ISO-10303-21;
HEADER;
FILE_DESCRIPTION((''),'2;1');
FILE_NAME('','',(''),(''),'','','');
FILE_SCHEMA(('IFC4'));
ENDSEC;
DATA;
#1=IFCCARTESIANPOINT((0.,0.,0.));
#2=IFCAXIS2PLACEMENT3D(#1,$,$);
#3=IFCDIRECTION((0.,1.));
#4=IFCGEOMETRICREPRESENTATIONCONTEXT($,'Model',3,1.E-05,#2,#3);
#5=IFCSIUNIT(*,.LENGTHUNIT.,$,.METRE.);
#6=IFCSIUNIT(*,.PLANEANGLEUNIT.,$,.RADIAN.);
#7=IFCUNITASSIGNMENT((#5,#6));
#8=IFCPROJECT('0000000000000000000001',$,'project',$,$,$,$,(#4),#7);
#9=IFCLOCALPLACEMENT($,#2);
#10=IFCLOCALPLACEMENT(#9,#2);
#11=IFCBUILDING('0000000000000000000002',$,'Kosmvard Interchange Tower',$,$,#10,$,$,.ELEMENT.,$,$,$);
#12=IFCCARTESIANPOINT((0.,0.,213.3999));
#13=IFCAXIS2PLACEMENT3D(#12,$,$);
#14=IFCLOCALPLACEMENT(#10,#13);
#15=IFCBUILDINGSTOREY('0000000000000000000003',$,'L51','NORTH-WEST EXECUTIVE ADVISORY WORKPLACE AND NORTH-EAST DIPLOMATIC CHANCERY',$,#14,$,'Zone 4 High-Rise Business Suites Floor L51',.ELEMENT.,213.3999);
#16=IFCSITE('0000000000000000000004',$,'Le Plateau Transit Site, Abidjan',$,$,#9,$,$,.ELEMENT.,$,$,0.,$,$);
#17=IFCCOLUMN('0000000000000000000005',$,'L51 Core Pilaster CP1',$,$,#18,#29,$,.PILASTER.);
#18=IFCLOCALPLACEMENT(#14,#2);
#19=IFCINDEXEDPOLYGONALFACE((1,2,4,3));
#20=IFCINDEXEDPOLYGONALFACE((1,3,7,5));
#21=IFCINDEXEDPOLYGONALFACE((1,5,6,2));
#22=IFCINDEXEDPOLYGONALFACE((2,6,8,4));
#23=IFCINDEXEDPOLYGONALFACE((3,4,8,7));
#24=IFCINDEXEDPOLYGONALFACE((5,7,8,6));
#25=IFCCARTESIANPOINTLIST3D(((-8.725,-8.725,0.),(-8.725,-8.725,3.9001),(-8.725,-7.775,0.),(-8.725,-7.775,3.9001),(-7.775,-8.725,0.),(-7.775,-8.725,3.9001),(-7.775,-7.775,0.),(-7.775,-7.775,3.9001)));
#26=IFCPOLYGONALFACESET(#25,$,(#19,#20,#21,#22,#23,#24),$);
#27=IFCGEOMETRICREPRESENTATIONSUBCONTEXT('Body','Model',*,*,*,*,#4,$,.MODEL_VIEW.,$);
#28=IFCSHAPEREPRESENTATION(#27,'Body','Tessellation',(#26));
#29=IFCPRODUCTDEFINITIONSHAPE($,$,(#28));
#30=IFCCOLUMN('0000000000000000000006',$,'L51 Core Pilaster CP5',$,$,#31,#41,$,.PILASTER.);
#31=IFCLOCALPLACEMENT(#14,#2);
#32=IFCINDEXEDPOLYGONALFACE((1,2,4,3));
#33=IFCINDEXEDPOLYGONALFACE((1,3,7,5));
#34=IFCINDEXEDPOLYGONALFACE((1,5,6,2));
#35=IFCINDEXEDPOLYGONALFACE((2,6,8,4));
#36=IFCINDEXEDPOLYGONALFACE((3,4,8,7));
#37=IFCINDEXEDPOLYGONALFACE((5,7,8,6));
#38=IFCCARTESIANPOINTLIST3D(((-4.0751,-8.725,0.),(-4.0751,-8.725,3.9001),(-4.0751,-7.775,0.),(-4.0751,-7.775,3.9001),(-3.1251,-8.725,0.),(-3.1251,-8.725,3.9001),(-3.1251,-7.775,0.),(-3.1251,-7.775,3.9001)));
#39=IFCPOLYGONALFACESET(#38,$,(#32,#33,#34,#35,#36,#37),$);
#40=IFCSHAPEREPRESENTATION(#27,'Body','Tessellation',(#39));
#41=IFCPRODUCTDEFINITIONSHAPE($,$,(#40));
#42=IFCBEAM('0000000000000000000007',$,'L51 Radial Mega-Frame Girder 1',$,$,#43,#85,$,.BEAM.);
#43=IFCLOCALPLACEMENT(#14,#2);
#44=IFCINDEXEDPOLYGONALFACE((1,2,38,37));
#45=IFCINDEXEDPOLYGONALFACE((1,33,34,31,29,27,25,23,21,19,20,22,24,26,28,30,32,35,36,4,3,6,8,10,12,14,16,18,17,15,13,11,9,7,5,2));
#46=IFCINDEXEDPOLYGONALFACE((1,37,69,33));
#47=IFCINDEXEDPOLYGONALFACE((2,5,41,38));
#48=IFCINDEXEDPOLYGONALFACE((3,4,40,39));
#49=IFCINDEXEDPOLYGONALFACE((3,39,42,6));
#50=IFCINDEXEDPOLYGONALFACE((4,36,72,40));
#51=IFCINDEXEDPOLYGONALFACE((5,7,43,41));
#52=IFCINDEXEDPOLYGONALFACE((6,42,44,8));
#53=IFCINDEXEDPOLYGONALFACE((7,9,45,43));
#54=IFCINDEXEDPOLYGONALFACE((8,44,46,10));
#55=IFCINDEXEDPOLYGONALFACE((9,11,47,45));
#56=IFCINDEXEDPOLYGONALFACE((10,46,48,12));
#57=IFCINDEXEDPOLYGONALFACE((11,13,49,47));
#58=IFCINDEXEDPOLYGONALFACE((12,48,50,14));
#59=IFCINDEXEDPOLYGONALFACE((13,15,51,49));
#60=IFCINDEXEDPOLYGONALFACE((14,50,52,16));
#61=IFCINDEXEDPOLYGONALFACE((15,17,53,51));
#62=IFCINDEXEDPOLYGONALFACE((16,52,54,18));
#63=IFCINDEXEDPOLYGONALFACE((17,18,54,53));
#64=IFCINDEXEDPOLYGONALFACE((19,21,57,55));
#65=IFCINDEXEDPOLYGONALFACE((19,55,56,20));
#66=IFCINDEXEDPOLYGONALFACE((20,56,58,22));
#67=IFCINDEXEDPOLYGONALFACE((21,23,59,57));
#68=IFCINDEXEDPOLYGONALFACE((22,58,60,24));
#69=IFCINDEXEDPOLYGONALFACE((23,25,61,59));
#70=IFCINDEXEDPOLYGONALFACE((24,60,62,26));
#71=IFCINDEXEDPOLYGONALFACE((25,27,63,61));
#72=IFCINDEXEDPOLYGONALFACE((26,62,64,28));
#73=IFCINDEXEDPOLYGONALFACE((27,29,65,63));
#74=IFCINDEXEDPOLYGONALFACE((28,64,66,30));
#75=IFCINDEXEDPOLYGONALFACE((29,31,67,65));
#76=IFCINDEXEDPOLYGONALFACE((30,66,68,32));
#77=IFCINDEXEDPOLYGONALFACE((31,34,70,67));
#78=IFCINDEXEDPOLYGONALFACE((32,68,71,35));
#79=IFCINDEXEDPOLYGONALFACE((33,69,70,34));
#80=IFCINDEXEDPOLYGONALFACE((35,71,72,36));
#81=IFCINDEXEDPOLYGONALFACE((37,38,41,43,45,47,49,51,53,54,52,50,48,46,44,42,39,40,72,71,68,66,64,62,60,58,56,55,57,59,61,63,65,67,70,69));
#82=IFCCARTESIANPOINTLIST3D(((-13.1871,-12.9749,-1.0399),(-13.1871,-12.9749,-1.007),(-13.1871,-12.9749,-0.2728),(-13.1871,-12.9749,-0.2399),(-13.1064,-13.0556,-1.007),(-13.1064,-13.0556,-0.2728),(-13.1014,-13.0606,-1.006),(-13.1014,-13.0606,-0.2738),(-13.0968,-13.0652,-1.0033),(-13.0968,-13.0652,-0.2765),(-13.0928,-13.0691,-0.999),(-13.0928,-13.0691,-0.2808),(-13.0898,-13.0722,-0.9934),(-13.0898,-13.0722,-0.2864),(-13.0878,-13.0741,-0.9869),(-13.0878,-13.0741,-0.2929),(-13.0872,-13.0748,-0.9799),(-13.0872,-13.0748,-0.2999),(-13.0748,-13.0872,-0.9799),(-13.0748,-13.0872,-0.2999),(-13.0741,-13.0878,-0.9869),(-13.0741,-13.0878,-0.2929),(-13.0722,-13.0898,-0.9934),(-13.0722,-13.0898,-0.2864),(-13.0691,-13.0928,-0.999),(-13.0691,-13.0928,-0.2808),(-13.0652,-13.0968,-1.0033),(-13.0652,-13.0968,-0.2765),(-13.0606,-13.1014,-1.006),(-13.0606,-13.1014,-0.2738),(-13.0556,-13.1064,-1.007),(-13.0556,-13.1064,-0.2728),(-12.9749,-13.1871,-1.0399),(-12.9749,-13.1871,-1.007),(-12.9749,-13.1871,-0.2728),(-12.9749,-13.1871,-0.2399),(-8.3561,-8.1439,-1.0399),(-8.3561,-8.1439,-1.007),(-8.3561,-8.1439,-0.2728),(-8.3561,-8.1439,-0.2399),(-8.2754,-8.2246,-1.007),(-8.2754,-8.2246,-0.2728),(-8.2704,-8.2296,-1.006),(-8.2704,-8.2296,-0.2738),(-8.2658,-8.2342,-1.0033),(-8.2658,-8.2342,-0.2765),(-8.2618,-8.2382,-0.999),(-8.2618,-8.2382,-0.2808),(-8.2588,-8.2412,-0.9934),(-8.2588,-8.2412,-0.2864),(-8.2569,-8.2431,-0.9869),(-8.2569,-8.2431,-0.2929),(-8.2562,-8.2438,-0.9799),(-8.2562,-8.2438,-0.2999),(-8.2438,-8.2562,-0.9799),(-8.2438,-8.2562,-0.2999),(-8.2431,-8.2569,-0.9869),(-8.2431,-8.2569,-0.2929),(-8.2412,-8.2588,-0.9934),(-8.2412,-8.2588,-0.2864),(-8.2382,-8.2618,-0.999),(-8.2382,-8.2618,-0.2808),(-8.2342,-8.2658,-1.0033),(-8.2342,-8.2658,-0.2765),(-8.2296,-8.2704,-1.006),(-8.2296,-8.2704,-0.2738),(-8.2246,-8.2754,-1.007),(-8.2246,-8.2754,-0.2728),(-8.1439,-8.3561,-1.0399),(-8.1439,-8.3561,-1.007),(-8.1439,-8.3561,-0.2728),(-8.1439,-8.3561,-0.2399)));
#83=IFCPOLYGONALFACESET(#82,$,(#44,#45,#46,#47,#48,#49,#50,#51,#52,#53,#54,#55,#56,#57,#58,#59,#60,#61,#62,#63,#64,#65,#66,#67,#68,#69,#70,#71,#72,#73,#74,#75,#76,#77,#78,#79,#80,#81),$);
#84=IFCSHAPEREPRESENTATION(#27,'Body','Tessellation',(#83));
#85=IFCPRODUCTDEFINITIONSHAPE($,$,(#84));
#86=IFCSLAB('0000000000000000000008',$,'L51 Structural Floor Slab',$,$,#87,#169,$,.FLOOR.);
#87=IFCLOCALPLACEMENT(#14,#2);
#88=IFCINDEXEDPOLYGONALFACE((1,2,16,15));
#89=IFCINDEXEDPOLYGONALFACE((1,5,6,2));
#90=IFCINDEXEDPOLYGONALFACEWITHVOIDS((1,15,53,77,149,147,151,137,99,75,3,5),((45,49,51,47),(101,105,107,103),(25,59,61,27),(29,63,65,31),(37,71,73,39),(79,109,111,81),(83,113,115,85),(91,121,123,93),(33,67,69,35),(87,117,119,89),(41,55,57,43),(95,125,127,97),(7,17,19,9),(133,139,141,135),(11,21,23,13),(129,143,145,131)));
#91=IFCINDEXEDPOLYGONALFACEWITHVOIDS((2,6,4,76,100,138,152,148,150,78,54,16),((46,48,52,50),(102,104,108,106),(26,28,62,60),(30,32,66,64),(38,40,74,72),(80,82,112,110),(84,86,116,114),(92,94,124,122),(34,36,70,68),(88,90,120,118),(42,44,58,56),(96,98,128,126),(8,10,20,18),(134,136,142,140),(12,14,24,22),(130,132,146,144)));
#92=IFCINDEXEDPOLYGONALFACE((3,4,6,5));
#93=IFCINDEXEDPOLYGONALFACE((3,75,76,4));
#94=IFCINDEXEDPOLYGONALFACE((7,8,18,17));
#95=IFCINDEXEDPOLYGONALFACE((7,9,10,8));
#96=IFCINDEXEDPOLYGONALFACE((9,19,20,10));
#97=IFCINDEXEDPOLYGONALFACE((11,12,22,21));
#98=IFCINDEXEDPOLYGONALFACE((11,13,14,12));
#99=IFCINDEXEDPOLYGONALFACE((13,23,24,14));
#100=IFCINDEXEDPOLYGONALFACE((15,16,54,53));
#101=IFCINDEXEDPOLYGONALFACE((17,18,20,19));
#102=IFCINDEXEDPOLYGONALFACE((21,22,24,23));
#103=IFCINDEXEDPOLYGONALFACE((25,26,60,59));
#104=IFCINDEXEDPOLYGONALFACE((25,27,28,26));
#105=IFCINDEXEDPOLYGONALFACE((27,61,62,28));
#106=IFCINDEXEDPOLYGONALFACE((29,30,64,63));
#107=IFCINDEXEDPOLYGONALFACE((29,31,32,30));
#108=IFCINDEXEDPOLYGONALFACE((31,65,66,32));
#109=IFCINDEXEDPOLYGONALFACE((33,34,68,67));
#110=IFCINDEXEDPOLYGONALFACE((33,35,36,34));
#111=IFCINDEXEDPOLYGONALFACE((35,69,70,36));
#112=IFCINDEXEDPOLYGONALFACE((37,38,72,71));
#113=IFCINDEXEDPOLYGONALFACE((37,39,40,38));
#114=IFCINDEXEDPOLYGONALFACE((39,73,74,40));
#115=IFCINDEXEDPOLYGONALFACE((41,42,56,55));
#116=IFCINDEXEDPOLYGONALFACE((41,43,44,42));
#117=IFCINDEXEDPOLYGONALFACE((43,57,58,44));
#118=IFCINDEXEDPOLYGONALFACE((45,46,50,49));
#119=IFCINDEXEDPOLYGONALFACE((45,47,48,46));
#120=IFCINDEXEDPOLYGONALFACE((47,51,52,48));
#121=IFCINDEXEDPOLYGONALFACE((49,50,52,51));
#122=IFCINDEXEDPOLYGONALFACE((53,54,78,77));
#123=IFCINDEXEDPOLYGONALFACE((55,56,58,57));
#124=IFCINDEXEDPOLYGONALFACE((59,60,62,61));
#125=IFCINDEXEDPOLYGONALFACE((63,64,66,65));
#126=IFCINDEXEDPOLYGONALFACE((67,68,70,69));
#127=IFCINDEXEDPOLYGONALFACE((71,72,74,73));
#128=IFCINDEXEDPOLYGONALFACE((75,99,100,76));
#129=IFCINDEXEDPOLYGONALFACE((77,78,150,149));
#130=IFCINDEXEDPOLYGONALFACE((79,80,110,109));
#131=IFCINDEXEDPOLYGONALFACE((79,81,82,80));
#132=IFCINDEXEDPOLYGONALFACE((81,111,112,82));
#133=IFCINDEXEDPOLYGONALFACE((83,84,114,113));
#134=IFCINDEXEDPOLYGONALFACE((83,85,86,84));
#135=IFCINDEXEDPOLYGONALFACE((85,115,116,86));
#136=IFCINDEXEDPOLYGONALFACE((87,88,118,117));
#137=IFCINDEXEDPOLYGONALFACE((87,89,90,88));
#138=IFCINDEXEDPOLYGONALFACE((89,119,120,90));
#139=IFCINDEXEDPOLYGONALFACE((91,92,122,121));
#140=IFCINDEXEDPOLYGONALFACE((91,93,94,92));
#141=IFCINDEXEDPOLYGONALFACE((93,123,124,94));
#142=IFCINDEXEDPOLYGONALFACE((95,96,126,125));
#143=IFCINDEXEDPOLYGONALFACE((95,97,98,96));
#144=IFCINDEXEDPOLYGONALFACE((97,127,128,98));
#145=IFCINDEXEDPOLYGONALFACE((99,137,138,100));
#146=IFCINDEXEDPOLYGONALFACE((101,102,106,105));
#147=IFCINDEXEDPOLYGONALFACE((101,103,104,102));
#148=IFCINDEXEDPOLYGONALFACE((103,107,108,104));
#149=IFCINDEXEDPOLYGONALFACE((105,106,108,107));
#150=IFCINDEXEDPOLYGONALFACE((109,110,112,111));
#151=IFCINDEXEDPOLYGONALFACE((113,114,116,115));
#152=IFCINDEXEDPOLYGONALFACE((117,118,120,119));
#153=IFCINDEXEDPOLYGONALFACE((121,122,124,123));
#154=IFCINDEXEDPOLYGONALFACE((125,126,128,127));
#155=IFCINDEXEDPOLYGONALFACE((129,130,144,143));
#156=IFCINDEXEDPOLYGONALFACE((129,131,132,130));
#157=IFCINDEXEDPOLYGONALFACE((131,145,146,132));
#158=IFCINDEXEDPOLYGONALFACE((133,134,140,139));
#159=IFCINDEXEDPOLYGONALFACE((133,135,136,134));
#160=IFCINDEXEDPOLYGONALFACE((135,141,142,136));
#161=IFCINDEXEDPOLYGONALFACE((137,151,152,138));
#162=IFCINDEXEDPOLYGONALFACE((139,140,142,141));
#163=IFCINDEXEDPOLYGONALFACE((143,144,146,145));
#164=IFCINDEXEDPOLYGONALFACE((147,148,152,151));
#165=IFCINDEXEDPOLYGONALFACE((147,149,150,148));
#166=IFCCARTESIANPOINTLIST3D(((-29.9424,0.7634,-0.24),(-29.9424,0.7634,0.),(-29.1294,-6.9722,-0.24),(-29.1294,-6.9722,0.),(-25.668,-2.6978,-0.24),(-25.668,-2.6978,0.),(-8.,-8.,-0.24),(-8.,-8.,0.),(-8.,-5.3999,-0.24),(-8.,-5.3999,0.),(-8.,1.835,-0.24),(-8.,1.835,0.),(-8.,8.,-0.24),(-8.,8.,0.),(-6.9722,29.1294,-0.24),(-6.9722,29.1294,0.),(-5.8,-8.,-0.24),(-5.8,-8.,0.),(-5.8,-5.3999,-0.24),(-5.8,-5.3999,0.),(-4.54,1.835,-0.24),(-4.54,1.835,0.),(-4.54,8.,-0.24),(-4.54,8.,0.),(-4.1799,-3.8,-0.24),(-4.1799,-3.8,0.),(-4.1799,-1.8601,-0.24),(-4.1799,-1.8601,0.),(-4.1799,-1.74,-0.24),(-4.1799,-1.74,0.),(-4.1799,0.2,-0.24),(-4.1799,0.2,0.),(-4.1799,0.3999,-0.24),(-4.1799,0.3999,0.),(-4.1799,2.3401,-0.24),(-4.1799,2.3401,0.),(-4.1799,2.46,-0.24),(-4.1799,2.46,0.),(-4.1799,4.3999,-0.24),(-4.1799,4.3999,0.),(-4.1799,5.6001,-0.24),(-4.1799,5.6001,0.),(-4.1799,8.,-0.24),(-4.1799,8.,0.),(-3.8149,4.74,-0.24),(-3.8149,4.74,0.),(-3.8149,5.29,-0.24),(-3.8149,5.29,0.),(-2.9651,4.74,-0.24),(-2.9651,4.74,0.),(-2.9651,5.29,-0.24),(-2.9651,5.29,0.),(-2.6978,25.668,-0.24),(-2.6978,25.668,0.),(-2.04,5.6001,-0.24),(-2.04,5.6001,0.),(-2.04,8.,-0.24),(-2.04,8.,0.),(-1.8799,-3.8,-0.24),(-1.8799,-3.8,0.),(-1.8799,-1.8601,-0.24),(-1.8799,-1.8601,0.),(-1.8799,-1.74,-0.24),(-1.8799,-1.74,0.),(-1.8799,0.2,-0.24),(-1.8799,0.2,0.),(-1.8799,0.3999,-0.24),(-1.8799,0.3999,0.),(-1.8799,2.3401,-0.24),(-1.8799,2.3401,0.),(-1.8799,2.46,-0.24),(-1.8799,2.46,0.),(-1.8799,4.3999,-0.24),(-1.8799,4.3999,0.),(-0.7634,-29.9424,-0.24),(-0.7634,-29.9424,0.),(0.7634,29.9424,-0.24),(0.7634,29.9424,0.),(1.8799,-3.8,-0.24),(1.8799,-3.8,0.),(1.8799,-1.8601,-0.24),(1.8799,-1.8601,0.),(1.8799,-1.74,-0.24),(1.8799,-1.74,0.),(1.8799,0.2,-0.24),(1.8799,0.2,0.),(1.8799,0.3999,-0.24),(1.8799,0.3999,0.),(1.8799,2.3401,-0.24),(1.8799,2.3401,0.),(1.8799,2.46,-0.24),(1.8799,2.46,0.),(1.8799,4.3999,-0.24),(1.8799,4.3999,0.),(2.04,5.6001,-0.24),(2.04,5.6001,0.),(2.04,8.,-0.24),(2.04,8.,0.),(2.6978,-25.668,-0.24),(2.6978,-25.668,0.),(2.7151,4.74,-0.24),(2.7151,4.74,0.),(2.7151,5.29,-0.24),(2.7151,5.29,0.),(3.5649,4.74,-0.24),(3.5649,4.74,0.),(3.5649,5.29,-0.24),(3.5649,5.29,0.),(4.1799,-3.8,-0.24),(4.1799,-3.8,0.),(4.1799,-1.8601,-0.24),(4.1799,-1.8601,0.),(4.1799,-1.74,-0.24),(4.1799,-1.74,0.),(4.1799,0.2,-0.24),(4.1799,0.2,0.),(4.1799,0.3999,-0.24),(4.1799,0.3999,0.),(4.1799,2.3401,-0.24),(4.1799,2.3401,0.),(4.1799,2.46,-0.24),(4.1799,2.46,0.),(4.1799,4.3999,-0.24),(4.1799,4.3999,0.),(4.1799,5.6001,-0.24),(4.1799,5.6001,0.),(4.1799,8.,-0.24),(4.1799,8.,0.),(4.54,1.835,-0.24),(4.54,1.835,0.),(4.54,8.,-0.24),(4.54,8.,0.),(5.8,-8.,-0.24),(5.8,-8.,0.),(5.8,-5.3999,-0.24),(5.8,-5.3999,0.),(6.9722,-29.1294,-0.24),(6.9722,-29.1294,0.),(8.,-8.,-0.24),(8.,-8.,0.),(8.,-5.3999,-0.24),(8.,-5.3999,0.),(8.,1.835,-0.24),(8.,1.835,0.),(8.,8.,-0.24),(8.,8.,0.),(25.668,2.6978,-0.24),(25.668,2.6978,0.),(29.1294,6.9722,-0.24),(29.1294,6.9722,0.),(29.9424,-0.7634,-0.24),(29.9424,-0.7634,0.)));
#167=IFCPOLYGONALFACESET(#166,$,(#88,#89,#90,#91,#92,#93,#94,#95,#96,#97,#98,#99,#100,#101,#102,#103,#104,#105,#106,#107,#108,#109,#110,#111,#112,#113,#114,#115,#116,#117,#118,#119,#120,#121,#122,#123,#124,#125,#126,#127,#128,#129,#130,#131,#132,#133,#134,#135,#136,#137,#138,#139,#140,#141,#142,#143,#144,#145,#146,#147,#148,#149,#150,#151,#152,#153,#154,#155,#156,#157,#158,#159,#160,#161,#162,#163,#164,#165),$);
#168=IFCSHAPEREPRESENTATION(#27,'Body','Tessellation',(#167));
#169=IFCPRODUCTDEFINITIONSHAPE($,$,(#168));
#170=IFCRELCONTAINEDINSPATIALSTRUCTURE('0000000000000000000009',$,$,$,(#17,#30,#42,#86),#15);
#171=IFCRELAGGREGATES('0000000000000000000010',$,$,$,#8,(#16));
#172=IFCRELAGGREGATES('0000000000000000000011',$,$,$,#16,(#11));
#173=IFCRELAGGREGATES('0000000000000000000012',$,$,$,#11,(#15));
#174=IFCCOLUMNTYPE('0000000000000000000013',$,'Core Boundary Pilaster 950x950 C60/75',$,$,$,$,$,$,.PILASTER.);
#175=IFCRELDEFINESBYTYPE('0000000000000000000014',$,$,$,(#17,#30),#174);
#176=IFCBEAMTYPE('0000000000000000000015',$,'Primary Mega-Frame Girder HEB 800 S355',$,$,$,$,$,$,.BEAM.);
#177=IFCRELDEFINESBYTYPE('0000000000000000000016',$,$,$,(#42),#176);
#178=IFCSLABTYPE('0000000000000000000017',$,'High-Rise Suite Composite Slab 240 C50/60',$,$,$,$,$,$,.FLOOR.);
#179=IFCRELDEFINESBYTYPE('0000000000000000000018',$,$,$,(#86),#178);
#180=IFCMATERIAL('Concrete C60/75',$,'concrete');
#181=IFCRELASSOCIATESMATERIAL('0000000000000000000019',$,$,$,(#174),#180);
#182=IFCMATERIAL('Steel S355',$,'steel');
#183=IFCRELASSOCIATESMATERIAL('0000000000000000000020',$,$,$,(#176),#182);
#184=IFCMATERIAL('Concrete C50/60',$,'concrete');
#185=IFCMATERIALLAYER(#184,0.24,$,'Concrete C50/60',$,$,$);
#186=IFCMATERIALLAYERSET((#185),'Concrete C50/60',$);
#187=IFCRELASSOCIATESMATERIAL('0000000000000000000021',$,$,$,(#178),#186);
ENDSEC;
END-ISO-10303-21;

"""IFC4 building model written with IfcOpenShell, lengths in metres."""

from ifc_helpers import new_model, si_unit, direction, frame, origin, origin_2d, place, context, subcontext, project, spatial, polyline, rectangle, i_section, outline, extrude, source, transform, mapped, material, layer, layer_set, material_profile, profile_set, type_object, element, save


model = new_model("IFC4")

# Units and contexts
model_context = context("Model", 3, precision=1e-05, world=origin(), true_north=direction((0.0, 1.0)))
body_context = subcontext(model_context, "Body", "Model", "MODEL_VIEW")
ifc_project = project(units=[si_unit("LENGTHUNIT", "METRE"), si_unit("PLANEANGLEUNIT", "RADIAN")], contexts=[model_context])

# Site, building, storey
site_placement = place(None, origin())
site = spatial("IfcSite", under=ifc_project, at=site_placement, Name="Le Plateau Transit Site, Abidjan", CompositionType="ELEMENT", RefElevation=0.0)
building_placement = place(site_placement, origin())
building = spatial("IfcBuilding", under=site, at=building_placement, Name="Kosmvard Interchange Tower", CompositionType="ELEMENT")
storey_placement = place(building_placement, frame((0.0, 0.0, 213.3999)))
storey = spatial("IfcBuildingStorey", under=building, at=storey_placement, Name="L51", Description="NORTH-WEST EXECUTIVE ADVISORY WORKPLACE AND NORTH-EAST DIPLOMATIC CHANCERY", LongName="Zone 4 High-Rise Business Suites Floor L51", CompositionType="ELEMENT", Elevation=213.3999)

# Columns
ifc_material_1 = material(Name="Concrete C60/75", Category="concrete")
ifc_material_profile_1 = material_profile(ifc_material_1, rectangle(XDim=0.95, YDim=0.95, at=origin_2d()), Name="CP 950x950")
ifc_profile_set_1 = profile_set([ifc_material_profile_1], Name="Concrete C60/75")
column_type = type_object("IfcColumnType", Name="Core Boundary Pilaster 950x950 C60/75", PredefinedType="PILASTER", material=ifc_profile_set_1)
shared_shape_1 = source(origin(), body_context, "Body", "SweptSolid", [
    extrude(rectangle(XDim=0.95, YDim=0.95, at=origin_2d()), origin(), (0.0, 0.0, 1.0), 3.9001),
])
for number, where, z_axis, x_axis, name in (
    (1, (-8.25, -8.25, 0.0), (0.0, 0.0, 1.0), (1.0, 0.0, 0.0), "L51 Core Pilaster CP1"),
    (2, (-3.6001, -8.25, 0.0), (0.0, 0.0, 1.0), (1.0, 0.0, 0.0), "L51 Core Pilaster CP5"),
):
    element("IfcColumn", number, at=place(storey_placement, frame(where, z_axis=z_axis, x_axis=x_axis)), inside=storey, type_object=column_type, Name=name, PredefinedType="PILASTER", context=body_context, shape_type="MappedRepresentation", body=[
        mapped(shared_shape_1, transform((0.0, 0.0, 0.0), scale=1.0)),
    ])

# Beam
ifc_material_2 = material(Name="Steel S355", Category="steel")
ifc_material_profile_2 = material_profile(ifc_material_2, i_section(OverallWidth=0.3, OverallDepth=0.8, WebThickness=0.0176, FlangeThickness=0.033, FilletRadius=0.0271, at=origin_2d()), Name="HEB 800")
ifc_profile_set_2 = profile_set([ifc_material_profile_2], Name="Steel S355")
beam_type = type_object("IfcBeamType", Name="Primary Mega-Frame Girder HEB 800 S355", PredefinedType="BEAM", material=ifc_profile_set_2)
shared_shape_2 = source(origin(), body_context, "Body", "SweptSolid", [
    extrude(i_section(OverallWidth=0.3, OverallDepth=0.8, WebThickness=0.0176, FlangeThickness=0.033, FilletRadius=0.0271, at=origin_2d()), origin(), (0.0, 0.0, 1.0), 6.832),
])
beam_placement = place(storey_placement, frame((-8.25, -8.25, -0.6399), z_axis=(-0.707107, -0.707107, 0.0), x_axis=(0.707107, -0.707107, 0.0)))
element("IfcBeam", 3, at=beam_placement, inside=storey, type_object=beam_type, Name="L51 Radial Mega-Frame Girder 1", PredefinedType="BEAM", context=body_context, shape_type="MappedRepresentation", body=[
    mapped(shared_shape_2, transform((0.0, 0.0, 0.0), scale=1.0)),
])

# Slab
ifc_material_3 = material(Name="Concrete C50/60", Category="concrete")
ifc_layer_1 = layer(ifc_material_3, 0.24, Name="Concrete C50/60")
ifc_layer_set_1 = layer_set([ifc_layer_1], Name="Concrete C50/60")
slab_type_1 = type_object("IfcSlabType", Name="High-Rise Suite Composite Slab 240 C50/60", PredefinedType="FLOOR", material=ifc_layer_set_1)
slab_1_placement = place(storey_placement, frame((0.0, 0.0, -0.24)))
element("IfcSlab", 4, at=slab_1_placement, inside=storey, type_object=slab_type_1, Name="L51 Structural Floor Slab", PredefinedType="FLOOR", context=body_context, shape_type="SweptSolid", body=[
    extrude(outline(polyline([(6.9722, -29.1294), (29.9424, -0.7634), (25.668, 2.6978), (29.1294, 6.9722), (0.7634, 29.9424), (-2.6978, 25.668), (-6.9722, 29.1294), (-29.9424, 0.7634), (-25.668, -2.6978), (-29.1294, -6.9722), (-0.7634, -29.9424), (2.6978, -25.668), (6.9722, -29.1294)]), holes=[polyline([(-8.0, 1.835), (-4.54, 1.835), (-4.54, 8.0), (-8.0, 8.0), (-8.0, 1.835)]), polyline([(4.54, 1.835), (8.0, 1.835), (8.0, 8.0), (4.54, 8.0), (4.54, 1.835)]), polyline([(-8.0, -8.0), (-5.8, -8.0), (-5.8, -5.3999), (-8.0, -5.3999), (-8.0, -8.0)]), polyline([(5.8, -8.0), (8.0, -8.0), (8.0, -5.3999), (5.8, -5.3999), (5.8, -8.0)]), polyline([(-4.1799, -3.8), (-1.8799, -3.8), (-1.8799, -1.8601), (-4.1799, -1.8601), (-4.1799, -3.8)]), polyline([(-4.1799, -1.74), (-1.8799, -1.74), (-1.8799, 0.2), (-4.1799, 0.2), (-4.1799, -1.74)]), polyline([(1.8799, -3.8), (4.1799, -3.8), (4.1799, -1.8601), (1.8799, -1.8601), (1.8799, -3.8)]), polyline([(1.8799, -1.74), (4.1799, -1.74), (4.1799, 0.2), (1.8799, 0.2), (1.8799, -1.74)]), polyline([(-4.1799, 0.3999), (-1.8799, 0.3999), (-1.8799, 2.3401), (-4.1799, 2.3401), (-4.1799, 0.3999)]), polyline([(-4.1799, 2.46), (-1.8799, 2.46), (-1.8799, 4.3999), (-4.1799, 4.3999), (-4.1799, 2.46)]), polyline([(1.8799, 0.3999), (4.1799, 0.3999), (4.1799, 2.3401), (1.8799, 2.3401), (1.8799, 0.3999)]), polyline([(1.8799, 2.46), (4.1799, 2.46), (4.1799, 4.3999), (1.8799, 4.3999), (1.8799, 2.46)]), polyline([(-4.1799, 5.6001), (-2.04, 5.6001), (-2.04, 8.0), (-4.1799, 8.0), (-4.1799, 5.6001)]), polyline([(2.04, 5.6001), (4.1799, 5.6001), (4.1799, 8.0), (2.04, 8.0), (2.04, 5.6001)]), polyline([(-3.8149, 4.74), (-2.9651, 4.74), (-2.9651, 5.29), (-3.8149, 5.29), (-3.8149, 4.74)]), polyline([(2.7151, 4.74), (3.5649, 4.74), (3.5649, 5.29), (2.7151, 5.29), (2.7151, 4.74)])]), origin(), (0.0, 0.0, 1.0), 0.24),
])

save(model, "model.ifc")
